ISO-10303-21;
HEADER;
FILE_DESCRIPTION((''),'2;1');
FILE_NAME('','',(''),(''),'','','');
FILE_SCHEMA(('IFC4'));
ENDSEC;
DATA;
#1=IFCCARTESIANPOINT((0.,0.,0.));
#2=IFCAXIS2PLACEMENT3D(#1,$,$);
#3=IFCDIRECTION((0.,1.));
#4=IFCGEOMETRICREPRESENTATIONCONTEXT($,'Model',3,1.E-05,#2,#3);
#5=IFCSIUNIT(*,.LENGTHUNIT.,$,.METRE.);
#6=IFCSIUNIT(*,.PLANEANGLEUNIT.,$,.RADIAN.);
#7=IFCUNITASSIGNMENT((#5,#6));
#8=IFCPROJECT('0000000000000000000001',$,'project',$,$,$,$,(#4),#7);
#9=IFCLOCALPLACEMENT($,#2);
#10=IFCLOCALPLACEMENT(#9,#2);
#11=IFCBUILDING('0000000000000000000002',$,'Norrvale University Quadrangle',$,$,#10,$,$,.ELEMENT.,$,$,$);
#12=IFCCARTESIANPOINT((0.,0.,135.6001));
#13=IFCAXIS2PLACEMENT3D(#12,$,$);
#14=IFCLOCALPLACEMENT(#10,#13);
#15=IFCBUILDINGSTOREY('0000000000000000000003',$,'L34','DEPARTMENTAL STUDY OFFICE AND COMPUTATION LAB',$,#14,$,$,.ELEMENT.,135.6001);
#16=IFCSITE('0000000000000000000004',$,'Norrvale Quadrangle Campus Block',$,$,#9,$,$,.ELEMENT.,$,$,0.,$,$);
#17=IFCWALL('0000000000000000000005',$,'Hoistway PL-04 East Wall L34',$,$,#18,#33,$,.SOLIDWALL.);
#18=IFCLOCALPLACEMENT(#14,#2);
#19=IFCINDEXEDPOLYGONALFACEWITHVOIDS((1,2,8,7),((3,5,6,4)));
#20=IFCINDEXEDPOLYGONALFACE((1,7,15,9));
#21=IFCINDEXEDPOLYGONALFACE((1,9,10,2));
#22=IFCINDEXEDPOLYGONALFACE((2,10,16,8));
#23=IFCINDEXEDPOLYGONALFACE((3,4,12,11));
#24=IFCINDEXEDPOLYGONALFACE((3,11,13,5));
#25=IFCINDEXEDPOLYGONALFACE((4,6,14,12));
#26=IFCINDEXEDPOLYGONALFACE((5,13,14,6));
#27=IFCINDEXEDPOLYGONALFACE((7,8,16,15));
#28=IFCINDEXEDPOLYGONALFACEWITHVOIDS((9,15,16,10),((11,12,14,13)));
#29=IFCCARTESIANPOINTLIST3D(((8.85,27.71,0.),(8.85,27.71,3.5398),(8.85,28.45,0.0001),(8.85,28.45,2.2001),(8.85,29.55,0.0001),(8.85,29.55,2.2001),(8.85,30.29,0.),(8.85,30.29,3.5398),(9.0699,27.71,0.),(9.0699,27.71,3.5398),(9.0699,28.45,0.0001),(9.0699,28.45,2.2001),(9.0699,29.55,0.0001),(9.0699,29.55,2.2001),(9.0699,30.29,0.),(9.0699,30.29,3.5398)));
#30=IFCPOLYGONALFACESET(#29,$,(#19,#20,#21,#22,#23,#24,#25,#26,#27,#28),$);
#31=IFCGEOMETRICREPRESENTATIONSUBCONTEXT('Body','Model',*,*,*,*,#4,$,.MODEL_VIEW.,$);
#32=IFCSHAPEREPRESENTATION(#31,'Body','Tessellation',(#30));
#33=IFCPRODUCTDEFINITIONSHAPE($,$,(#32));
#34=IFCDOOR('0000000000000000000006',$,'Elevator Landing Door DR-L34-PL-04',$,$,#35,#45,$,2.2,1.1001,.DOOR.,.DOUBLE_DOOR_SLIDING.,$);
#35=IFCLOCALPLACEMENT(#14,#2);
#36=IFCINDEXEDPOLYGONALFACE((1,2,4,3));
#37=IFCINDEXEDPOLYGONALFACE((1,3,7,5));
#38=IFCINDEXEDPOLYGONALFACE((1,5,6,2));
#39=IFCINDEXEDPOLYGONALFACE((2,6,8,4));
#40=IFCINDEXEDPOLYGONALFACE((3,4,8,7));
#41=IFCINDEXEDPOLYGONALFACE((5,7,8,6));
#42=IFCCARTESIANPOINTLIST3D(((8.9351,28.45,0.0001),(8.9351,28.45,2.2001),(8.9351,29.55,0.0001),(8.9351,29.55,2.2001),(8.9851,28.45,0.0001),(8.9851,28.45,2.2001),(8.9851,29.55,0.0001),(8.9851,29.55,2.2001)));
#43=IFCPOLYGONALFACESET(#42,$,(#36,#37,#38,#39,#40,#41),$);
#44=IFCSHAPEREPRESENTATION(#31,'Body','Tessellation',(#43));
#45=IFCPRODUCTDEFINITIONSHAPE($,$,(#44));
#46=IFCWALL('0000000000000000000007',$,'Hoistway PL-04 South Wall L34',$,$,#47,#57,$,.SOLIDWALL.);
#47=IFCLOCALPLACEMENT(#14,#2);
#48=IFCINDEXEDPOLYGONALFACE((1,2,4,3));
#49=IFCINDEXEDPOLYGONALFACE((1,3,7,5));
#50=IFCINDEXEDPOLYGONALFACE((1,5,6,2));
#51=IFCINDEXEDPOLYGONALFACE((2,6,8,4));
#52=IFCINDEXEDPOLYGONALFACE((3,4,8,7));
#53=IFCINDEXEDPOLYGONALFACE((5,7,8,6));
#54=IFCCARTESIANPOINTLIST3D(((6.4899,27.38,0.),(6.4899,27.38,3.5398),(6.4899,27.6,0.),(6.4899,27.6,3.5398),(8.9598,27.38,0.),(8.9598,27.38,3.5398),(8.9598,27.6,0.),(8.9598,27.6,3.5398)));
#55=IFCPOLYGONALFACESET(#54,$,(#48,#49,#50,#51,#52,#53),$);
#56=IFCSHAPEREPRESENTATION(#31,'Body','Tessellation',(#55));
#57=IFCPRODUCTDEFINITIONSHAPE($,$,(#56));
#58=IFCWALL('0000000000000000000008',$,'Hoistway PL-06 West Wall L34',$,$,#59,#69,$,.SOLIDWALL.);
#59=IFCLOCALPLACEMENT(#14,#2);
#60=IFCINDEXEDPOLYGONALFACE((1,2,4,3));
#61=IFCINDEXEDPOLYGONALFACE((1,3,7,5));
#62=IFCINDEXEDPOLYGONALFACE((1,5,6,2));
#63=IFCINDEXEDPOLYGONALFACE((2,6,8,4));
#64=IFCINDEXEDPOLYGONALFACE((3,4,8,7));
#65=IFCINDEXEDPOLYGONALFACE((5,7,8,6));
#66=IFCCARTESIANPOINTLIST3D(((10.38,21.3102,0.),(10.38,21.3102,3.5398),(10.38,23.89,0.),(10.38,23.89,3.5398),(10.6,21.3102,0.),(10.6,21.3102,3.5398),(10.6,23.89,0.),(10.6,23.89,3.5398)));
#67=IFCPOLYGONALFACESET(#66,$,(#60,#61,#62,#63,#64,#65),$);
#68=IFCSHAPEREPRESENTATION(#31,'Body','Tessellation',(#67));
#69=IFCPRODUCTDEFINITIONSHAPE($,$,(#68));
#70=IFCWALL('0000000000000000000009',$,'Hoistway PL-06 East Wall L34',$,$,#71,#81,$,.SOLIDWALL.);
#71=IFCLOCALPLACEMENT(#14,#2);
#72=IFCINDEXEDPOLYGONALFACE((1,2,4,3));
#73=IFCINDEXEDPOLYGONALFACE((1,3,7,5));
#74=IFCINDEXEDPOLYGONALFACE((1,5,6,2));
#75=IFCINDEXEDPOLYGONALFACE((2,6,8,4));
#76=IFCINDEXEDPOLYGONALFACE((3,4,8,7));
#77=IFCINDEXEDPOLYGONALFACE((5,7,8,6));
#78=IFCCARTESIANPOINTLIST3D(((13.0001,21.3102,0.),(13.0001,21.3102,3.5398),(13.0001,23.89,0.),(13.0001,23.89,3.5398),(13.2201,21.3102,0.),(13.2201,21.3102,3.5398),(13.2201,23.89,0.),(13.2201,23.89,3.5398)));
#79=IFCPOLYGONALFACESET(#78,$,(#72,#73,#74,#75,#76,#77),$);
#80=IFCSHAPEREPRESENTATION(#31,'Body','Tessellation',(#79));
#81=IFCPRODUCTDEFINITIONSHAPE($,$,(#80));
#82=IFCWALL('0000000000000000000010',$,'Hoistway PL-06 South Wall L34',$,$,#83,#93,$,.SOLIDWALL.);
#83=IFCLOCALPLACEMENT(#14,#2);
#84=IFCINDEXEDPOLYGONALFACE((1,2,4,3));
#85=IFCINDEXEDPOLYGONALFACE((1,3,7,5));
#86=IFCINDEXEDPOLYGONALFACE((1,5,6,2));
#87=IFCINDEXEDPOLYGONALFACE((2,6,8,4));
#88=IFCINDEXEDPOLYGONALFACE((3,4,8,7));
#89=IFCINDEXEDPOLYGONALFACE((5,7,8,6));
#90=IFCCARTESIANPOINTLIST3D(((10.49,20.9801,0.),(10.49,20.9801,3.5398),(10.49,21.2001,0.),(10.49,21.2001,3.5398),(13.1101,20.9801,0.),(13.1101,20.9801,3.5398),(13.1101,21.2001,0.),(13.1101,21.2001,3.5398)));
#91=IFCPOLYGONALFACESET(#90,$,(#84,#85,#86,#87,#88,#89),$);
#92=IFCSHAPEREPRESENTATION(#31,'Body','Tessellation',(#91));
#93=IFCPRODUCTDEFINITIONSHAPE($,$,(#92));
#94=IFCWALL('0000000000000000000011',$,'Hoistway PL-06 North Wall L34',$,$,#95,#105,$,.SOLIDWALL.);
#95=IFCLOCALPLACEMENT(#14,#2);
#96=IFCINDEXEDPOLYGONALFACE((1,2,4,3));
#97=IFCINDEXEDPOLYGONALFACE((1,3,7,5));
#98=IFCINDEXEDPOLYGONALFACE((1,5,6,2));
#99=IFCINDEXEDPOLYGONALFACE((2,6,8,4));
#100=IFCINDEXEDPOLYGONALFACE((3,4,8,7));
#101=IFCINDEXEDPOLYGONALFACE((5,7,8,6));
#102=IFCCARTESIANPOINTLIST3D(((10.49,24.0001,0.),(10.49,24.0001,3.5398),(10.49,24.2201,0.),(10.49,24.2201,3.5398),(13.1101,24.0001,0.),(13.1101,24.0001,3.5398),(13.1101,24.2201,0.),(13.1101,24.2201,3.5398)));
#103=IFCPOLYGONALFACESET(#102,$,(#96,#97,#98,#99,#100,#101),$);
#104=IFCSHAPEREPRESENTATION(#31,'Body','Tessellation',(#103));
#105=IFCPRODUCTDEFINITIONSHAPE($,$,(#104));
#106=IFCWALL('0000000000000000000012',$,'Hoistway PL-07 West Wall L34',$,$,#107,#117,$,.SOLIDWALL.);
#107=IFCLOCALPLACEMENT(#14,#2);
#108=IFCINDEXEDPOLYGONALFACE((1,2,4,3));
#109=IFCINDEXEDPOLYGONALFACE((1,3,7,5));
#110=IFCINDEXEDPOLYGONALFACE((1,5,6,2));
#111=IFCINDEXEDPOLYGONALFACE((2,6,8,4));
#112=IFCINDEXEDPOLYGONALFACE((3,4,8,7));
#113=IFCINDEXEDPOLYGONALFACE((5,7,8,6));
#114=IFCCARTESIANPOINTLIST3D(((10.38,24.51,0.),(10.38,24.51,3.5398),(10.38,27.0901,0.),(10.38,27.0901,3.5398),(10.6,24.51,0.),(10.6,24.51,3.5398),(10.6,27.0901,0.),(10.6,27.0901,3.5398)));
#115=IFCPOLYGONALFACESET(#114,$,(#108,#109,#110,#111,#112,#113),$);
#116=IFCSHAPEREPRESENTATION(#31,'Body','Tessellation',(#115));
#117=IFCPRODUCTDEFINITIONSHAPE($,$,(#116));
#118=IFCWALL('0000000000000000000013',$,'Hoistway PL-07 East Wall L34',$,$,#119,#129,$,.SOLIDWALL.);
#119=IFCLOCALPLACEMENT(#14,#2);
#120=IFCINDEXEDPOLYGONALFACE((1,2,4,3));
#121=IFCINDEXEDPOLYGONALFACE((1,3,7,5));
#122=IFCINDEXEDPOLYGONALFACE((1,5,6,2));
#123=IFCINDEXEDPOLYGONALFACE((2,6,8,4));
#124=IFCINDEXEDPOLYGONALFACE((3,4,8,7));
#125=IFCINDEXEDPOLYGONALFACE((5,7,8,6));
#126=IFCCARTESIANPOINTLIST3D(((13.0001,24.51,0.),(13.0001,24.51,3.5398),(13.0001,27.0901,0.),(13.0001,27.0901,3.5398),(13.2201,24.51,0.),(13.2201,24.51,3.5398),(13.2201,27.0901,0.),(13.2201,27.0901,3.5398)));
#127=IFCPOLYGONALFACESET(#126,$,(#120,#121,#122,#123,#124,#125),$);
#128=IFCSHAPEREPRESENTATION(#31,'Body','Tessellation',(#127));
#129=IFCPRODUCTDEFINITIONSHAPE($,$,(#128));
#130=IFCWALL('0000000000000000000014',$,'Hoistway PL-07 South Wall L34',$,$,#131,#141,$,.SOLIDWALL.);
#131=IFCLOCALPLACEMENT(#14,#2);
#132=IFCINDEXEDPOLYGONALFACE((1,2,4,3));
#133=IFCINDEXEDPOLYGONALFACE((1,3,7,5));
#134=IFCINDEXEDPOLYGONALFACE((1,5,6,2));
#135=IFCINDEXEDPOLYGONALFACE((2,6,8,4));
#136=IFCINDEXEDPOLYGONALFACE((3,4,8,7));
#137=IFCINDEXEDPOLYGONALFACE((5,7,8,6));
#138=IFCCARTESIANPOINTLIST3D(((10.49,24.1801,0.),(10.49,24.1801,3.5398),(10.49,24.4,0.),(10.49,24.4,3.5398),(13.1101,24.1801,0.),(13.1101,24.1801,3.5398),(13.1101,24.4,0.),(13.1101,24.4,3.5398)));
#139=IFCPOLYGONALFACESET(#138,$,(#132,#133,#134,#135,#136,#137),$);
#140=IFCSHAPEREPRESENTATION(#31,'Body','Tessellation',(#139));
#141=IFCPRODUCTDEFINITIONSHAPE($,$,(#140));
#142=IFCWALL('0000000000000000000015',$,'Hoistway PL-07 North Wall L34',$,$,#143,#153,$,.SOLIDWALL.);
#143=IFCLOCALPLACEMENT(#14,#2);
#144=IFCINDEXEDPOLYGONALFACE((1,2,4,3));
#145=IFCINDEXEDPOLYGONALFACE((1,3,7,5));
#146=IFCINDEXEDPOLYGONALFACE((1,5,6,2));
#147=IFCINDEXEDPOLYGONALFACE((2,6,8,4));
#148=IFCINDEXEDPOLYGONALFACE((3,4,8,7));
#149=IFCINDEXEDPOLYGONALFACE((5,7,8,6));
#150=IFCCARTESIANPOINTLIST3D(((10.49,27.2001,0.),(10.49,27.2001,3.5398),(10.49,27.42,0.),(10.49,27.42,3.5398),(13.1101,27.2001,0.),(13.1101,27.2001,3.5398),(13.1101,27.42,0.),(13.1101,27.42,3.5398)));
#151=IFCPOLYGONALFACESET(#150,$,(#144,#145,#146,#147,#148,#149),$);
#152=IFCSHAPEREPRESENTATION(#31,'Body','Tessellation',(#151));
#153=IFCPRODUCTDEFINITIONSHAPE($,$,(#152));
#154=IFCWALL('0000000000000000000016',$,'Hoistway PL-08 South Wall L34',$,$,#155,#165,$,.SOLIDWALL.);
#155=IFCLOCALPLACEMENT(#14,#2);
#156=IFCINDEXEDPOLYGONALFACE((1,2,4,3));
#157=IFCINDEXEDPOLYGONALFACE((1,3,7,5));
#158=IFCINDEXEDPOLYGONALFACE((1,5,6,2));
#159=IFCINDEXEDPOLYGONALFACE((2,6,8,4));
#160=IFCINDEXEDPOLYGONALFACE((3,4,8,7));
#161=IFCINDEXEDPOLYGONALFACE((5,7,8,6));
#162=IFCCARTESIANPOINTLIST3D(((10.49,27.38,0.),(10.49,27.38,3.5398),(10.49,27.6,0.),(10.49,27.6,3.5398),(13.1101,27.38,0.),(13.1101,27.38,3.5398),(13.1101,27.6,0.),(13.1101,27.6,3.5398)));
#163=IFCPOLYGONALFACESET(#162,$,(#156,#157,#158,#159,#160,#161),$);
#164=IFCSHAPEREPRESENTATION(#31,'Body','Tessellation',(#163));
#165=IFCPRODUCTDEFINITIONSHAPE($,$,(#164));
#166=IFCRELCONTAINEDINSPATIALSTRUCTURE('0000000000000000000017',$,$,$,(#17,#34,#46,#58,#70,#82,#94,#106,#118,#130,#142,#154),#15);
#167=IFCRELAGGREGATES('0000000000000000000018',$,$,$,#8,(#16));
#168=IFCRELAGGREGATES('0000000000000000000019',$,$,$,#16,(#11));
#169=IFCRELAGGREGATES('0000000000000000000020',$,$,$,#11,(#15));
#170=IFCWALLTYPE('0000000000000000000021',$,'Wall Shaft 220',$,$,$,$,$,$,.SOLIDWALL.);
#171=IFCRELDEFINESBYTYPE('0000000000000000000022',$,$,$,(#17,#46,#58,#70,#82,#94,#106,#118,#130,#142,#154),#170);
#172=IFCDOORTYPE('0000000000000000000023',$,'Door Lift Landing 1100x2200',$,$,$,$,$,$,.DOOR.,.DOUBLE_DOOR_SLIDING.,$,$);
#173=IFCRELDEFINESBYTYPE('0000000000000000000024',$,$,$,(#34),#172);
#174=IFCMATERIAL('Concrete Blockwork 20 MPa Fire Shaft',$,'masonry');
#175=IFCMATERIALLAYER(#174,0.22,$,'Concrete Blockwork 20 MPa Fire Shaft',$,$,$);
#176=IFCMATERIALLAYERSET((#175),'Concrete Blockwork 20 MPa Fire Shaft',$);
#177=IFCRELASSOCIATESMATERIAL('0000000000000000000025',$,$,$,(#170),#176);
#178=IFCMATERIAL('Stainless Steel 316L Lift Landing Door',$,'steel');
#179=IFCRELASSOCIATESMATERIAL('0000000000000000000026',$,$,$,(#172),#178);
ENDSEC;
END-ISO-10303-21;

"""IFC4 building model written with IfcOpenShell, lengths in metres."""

from ifc_helpers import new_model, si_unit, direction, frame, frame_2d, origin, place, context, subcontext, project, spatial, rectangle, extrude, material, layer, layer_set, type_object, element, fill, save


model = new_model("IFC4")

# Units and contexts
model_context = context("Model", 3, precision=1e-05, world=origin(), true_north=direction((0.0, 1.0)))
body_context = subcontext(model_context, "Body", "Model", "MODEL_VIEW")
ifc_project = project(units=[si_unit("LENGTHUNIT", "METRE"), si_unit("PLANEANGLEUNIT", "RADIAN")], contexts=[model_context])

# Site, building, storey
site_placement = place(None, origin())
site = spatial("IfcSite", under=ifc_project, at=site_placement, Name="Norrvale Quadrangle Campus Block", CompositionType="ELEMENT", RefElevation=0.0)
building_placement = place(site_placement, origin())
building = spatial("IfcBuilding", under=site, at=building_placement, Name="Norrvale University Quadrangle", CompositionType="ELEMENT")
storey_placement = place(building_placement, frame((0.0, 0.0, 135.6001)))
storey = spatial("IfcBuildingStorey", under=building, at=storey_placement, Name="L34", Description="DEPARTMENTAL STUDY OFFICE AND COMPUTATION LAB", CompositionType="ELEMENT", Elevation=135.6001)

# Shared definitions
ifc_material_1 = material(Name="Concrete Blockwork 20 MPa Fire Shaft", Category="masonry")
ifc_layer = layer(ifc_material_1, 0.22, Name="Concrete Blockwork 20 MPa Fire Shaft")
ifc_layer_set = layer_set([ifc_layer], Name="Concrete Blockwork 20 MPa Fire Shaft")
wall_type = type_object("IfcWallType", Name="Wall Shaft 220", PredefinedType="SOLIDWALL", material=ifc_layer_set)

# Shared definitions
ifc_material_2 = material(Name="Stainless Steel 316L Lift Landing Door", Category="steel")
door_type = type_object("IfcDoorType", Name="Door Lift Landing 1100x2200", OperationType="DOUBLE_DOOR_SLIDING", PredefinedType="DOOR", material=ifc_material_2)

# Wall, opening, door
wall_1_placement = place(storey_placement, frame((8.96, 27.71, 0.0), z_axis=(0.0, 0.0, 1.0), x_axis=(0.0, 1.0, 0.0)))
wall_1 = element("IfcWall", 1, at=wall_1_placement, inside=storey, type_object=wall_type, Name="Hoistway PL-04 East Wall L34", PredefinedType="SOLIDWALL", context=body_context, shape_type="SweptSolid", body=[
    extrude(rectangle(XDim=2.5801, YDim=0.22, at=frame_2d((1.29, 0.0))), origin(), (0.0, 0.0, 1.0), 3.5398),
])
opening_1_placement = place(wall_1_placement, frame((0.74, 0.0, 0.0)))
opening_1 = element("IfcOpeningElement", 2, at=opening_1_placement, cuts=wall_1, PredefinedType="OPENING", context=body_context, shape_type="SweptSolid", body=[
    extrude(rectangle(XDim=1.1001, YDim=2.2, at=frame_2d((0.55, 1.1001))), frame((0.0, 0.1221, 0.0), z_axis=(0.0, -1.0, 0.0), x_axis=(1.0, 0.0, 0.0)), (0.0, 0.0, 1.0), 0.2439),
])
door_1_placement = place(opening_1_placement, origin())
door_1 = element("IfcDoor", 3, at=door_1_placement, inside=storey, type_object=door_type, Name="Elevator Landing Door DR-L34-PL-04", OperationType="DOUBLE_DOOR_SLIDING", OverallHeight=2.2, OverallWidth=1.1001, PredefinedType="DOOR", context=body_context, shape_type="SweptSolid", body=[
    extrude(rectangle(XDim=1.1001, YDim=2.2, at=frame_2d((0.55, 1.1001))), frame((0.0, 0.0249, 0.0), z_axis=(0.0, -1.0, 0.0), x_axis=(1.0, 0.0, 0.0)), (0.0, 0.0, 1.0), 0.05),
])
fill(opening_1, door_1)

# Walls
wall_2_placement = place(storey_placement, frame((6.49, 27.49, 0.0), z_axis=(0.0, 0.0, 1.0), x_axis=(1.0, 0.0, 0.0)))
element("IfcWall", 4, at=wall_2_placement, inside=storey, type_object=wall_type, Name="Hoistway PL-04 South Wall L34", PredefinedType="SOLIDWALL", context=body_context, shape_type="SweptSolid", body=[
    extrude(rectangle(XDim=2.47, YDim=0.22, at=frame_2d((1.2349, 0.0))), origin(), (0.0, 0.0, 1.0), 3.5398),
])
for number, where, z_axis, x_axis, name in (
    (5, (10.49, 21.3101, 0.0), (0.0, 0.0, 1.0), (0.0, 1.0, 0.0), "Hoistway PL-06 West Wall L34"),
    (6, (13.1101, 21.3101, 0.0), (0.0, 0.0, 1.0), (0.0, 1.0, 0.0), "Hoistway PL-06 East Wall L34"),
):
    element("IfcWall", number, at=place(storey_placement, frame(where, z_axis=z_axis, x_axis=x_axis)), inside=storey, type_object=wall_type, Name=name, PredefinedType="SOLIDWALL", context=body_context, shape_type="SweptSolid", body=[
        extrude(rectangle(XDim=2.5798, YDim=0.22, at=frame_2d((1.29, 0.0))), origin(), (0.0, 0.0, 1.0), 3.5398),
    ])
for number, where, z_axis, x_axis, name in (
    (7, (10.49, 21.0901, 0.0), (0.0, 0.0, 1.0), (1.0, 0.0, 0.0), "Hoistway PL-06 South Wall L34"),
    (8, (10.49, 24.1101, 0.0), (0.0, 0.0, 1.0), (1.0, 0.0, 0.0), "Hoistway PL-06 North Wall L34"),
):
    element("IfcWall", number, at=place(storey_placement, frame(where, z_axis=z_axis, x_axis=x_axis)), inside=storey, type_object=wall_type, Name=name, PredefinedType="SOLIDWALL", context=body_context, shape_type="SweptSolid", body=[
        extrude(rectangle(XDim=2.6201, YDim=0.22, at=frame_2d((1.3101, 0.0))), origin(), (0.0, 0.0, 1.0), 3.5398),
    ])
for number, where, z_axis, x_axis, name in (
    (9, (10.49, 24.51, 0.0), (0.0, 0.0, 1.0), (0.0, 1.0, 0.0), "Hoistway PL-07 West Wall L34"),
    (10, (13.1101, 24.51, 0.0), (0.0, 0.0, 1.0), (0.0, 1.0, 0.0), "Hoistway PL-07 East Wall L34"),
):
    element("IfcWall", number, at=place(storey_placement, frame(where, z_axis=z_axis, x_axis=x_axis)), inside=storey, type_object=wall_type, Name=name, PredefinedType="SOLIDWALL", context=body_context, shape_type="SweptSolid", body=[
        extrude(rectangle(XDim=2.5801, YDim=0.22, at=frame_2d((1.29, 0.0))), origin(), (0.0, 0.0, 1.0), 3.5398),
    ])
for number, where, z_axis, x_axis, name in (
    (11, (10.49, 24.29, 0.0), (0.0, 0.0, 1.0), (1.0, 0.0, 0.0), "Hoistway PL-07 South Wall L34"),
    (12, (10.49, 27.3101, 0.0), (0.0, 0.0, 1.0), (1.0, 0.0, 0.0), "Hoistway PL-07 North Wall L34"),
    (13, (10.49, 27.49, 0.0), (0.0, 0.0, 1.0), (1.0, 0.0, 0.0), "Hoistway PL-08 South Wall L34"),
):
    element("IfcWall", number, at=place(storey_placement, frame(where, z_axis=z_axis, x_axis=x_axis)), inside=storey, type_object=wall_type, Name=name, PredefinedType="SOLIDWALL", context=body_context, shape_type="SweptSolid", body=[
        extrude(rectangle(XDim=2.6201, YDim=0.22, at=frame_2d((1.3101, 0.0))), origin(), (0.0, 0.0, 1.0), 3.5398),
    ])

save(model, "model.ifc")
